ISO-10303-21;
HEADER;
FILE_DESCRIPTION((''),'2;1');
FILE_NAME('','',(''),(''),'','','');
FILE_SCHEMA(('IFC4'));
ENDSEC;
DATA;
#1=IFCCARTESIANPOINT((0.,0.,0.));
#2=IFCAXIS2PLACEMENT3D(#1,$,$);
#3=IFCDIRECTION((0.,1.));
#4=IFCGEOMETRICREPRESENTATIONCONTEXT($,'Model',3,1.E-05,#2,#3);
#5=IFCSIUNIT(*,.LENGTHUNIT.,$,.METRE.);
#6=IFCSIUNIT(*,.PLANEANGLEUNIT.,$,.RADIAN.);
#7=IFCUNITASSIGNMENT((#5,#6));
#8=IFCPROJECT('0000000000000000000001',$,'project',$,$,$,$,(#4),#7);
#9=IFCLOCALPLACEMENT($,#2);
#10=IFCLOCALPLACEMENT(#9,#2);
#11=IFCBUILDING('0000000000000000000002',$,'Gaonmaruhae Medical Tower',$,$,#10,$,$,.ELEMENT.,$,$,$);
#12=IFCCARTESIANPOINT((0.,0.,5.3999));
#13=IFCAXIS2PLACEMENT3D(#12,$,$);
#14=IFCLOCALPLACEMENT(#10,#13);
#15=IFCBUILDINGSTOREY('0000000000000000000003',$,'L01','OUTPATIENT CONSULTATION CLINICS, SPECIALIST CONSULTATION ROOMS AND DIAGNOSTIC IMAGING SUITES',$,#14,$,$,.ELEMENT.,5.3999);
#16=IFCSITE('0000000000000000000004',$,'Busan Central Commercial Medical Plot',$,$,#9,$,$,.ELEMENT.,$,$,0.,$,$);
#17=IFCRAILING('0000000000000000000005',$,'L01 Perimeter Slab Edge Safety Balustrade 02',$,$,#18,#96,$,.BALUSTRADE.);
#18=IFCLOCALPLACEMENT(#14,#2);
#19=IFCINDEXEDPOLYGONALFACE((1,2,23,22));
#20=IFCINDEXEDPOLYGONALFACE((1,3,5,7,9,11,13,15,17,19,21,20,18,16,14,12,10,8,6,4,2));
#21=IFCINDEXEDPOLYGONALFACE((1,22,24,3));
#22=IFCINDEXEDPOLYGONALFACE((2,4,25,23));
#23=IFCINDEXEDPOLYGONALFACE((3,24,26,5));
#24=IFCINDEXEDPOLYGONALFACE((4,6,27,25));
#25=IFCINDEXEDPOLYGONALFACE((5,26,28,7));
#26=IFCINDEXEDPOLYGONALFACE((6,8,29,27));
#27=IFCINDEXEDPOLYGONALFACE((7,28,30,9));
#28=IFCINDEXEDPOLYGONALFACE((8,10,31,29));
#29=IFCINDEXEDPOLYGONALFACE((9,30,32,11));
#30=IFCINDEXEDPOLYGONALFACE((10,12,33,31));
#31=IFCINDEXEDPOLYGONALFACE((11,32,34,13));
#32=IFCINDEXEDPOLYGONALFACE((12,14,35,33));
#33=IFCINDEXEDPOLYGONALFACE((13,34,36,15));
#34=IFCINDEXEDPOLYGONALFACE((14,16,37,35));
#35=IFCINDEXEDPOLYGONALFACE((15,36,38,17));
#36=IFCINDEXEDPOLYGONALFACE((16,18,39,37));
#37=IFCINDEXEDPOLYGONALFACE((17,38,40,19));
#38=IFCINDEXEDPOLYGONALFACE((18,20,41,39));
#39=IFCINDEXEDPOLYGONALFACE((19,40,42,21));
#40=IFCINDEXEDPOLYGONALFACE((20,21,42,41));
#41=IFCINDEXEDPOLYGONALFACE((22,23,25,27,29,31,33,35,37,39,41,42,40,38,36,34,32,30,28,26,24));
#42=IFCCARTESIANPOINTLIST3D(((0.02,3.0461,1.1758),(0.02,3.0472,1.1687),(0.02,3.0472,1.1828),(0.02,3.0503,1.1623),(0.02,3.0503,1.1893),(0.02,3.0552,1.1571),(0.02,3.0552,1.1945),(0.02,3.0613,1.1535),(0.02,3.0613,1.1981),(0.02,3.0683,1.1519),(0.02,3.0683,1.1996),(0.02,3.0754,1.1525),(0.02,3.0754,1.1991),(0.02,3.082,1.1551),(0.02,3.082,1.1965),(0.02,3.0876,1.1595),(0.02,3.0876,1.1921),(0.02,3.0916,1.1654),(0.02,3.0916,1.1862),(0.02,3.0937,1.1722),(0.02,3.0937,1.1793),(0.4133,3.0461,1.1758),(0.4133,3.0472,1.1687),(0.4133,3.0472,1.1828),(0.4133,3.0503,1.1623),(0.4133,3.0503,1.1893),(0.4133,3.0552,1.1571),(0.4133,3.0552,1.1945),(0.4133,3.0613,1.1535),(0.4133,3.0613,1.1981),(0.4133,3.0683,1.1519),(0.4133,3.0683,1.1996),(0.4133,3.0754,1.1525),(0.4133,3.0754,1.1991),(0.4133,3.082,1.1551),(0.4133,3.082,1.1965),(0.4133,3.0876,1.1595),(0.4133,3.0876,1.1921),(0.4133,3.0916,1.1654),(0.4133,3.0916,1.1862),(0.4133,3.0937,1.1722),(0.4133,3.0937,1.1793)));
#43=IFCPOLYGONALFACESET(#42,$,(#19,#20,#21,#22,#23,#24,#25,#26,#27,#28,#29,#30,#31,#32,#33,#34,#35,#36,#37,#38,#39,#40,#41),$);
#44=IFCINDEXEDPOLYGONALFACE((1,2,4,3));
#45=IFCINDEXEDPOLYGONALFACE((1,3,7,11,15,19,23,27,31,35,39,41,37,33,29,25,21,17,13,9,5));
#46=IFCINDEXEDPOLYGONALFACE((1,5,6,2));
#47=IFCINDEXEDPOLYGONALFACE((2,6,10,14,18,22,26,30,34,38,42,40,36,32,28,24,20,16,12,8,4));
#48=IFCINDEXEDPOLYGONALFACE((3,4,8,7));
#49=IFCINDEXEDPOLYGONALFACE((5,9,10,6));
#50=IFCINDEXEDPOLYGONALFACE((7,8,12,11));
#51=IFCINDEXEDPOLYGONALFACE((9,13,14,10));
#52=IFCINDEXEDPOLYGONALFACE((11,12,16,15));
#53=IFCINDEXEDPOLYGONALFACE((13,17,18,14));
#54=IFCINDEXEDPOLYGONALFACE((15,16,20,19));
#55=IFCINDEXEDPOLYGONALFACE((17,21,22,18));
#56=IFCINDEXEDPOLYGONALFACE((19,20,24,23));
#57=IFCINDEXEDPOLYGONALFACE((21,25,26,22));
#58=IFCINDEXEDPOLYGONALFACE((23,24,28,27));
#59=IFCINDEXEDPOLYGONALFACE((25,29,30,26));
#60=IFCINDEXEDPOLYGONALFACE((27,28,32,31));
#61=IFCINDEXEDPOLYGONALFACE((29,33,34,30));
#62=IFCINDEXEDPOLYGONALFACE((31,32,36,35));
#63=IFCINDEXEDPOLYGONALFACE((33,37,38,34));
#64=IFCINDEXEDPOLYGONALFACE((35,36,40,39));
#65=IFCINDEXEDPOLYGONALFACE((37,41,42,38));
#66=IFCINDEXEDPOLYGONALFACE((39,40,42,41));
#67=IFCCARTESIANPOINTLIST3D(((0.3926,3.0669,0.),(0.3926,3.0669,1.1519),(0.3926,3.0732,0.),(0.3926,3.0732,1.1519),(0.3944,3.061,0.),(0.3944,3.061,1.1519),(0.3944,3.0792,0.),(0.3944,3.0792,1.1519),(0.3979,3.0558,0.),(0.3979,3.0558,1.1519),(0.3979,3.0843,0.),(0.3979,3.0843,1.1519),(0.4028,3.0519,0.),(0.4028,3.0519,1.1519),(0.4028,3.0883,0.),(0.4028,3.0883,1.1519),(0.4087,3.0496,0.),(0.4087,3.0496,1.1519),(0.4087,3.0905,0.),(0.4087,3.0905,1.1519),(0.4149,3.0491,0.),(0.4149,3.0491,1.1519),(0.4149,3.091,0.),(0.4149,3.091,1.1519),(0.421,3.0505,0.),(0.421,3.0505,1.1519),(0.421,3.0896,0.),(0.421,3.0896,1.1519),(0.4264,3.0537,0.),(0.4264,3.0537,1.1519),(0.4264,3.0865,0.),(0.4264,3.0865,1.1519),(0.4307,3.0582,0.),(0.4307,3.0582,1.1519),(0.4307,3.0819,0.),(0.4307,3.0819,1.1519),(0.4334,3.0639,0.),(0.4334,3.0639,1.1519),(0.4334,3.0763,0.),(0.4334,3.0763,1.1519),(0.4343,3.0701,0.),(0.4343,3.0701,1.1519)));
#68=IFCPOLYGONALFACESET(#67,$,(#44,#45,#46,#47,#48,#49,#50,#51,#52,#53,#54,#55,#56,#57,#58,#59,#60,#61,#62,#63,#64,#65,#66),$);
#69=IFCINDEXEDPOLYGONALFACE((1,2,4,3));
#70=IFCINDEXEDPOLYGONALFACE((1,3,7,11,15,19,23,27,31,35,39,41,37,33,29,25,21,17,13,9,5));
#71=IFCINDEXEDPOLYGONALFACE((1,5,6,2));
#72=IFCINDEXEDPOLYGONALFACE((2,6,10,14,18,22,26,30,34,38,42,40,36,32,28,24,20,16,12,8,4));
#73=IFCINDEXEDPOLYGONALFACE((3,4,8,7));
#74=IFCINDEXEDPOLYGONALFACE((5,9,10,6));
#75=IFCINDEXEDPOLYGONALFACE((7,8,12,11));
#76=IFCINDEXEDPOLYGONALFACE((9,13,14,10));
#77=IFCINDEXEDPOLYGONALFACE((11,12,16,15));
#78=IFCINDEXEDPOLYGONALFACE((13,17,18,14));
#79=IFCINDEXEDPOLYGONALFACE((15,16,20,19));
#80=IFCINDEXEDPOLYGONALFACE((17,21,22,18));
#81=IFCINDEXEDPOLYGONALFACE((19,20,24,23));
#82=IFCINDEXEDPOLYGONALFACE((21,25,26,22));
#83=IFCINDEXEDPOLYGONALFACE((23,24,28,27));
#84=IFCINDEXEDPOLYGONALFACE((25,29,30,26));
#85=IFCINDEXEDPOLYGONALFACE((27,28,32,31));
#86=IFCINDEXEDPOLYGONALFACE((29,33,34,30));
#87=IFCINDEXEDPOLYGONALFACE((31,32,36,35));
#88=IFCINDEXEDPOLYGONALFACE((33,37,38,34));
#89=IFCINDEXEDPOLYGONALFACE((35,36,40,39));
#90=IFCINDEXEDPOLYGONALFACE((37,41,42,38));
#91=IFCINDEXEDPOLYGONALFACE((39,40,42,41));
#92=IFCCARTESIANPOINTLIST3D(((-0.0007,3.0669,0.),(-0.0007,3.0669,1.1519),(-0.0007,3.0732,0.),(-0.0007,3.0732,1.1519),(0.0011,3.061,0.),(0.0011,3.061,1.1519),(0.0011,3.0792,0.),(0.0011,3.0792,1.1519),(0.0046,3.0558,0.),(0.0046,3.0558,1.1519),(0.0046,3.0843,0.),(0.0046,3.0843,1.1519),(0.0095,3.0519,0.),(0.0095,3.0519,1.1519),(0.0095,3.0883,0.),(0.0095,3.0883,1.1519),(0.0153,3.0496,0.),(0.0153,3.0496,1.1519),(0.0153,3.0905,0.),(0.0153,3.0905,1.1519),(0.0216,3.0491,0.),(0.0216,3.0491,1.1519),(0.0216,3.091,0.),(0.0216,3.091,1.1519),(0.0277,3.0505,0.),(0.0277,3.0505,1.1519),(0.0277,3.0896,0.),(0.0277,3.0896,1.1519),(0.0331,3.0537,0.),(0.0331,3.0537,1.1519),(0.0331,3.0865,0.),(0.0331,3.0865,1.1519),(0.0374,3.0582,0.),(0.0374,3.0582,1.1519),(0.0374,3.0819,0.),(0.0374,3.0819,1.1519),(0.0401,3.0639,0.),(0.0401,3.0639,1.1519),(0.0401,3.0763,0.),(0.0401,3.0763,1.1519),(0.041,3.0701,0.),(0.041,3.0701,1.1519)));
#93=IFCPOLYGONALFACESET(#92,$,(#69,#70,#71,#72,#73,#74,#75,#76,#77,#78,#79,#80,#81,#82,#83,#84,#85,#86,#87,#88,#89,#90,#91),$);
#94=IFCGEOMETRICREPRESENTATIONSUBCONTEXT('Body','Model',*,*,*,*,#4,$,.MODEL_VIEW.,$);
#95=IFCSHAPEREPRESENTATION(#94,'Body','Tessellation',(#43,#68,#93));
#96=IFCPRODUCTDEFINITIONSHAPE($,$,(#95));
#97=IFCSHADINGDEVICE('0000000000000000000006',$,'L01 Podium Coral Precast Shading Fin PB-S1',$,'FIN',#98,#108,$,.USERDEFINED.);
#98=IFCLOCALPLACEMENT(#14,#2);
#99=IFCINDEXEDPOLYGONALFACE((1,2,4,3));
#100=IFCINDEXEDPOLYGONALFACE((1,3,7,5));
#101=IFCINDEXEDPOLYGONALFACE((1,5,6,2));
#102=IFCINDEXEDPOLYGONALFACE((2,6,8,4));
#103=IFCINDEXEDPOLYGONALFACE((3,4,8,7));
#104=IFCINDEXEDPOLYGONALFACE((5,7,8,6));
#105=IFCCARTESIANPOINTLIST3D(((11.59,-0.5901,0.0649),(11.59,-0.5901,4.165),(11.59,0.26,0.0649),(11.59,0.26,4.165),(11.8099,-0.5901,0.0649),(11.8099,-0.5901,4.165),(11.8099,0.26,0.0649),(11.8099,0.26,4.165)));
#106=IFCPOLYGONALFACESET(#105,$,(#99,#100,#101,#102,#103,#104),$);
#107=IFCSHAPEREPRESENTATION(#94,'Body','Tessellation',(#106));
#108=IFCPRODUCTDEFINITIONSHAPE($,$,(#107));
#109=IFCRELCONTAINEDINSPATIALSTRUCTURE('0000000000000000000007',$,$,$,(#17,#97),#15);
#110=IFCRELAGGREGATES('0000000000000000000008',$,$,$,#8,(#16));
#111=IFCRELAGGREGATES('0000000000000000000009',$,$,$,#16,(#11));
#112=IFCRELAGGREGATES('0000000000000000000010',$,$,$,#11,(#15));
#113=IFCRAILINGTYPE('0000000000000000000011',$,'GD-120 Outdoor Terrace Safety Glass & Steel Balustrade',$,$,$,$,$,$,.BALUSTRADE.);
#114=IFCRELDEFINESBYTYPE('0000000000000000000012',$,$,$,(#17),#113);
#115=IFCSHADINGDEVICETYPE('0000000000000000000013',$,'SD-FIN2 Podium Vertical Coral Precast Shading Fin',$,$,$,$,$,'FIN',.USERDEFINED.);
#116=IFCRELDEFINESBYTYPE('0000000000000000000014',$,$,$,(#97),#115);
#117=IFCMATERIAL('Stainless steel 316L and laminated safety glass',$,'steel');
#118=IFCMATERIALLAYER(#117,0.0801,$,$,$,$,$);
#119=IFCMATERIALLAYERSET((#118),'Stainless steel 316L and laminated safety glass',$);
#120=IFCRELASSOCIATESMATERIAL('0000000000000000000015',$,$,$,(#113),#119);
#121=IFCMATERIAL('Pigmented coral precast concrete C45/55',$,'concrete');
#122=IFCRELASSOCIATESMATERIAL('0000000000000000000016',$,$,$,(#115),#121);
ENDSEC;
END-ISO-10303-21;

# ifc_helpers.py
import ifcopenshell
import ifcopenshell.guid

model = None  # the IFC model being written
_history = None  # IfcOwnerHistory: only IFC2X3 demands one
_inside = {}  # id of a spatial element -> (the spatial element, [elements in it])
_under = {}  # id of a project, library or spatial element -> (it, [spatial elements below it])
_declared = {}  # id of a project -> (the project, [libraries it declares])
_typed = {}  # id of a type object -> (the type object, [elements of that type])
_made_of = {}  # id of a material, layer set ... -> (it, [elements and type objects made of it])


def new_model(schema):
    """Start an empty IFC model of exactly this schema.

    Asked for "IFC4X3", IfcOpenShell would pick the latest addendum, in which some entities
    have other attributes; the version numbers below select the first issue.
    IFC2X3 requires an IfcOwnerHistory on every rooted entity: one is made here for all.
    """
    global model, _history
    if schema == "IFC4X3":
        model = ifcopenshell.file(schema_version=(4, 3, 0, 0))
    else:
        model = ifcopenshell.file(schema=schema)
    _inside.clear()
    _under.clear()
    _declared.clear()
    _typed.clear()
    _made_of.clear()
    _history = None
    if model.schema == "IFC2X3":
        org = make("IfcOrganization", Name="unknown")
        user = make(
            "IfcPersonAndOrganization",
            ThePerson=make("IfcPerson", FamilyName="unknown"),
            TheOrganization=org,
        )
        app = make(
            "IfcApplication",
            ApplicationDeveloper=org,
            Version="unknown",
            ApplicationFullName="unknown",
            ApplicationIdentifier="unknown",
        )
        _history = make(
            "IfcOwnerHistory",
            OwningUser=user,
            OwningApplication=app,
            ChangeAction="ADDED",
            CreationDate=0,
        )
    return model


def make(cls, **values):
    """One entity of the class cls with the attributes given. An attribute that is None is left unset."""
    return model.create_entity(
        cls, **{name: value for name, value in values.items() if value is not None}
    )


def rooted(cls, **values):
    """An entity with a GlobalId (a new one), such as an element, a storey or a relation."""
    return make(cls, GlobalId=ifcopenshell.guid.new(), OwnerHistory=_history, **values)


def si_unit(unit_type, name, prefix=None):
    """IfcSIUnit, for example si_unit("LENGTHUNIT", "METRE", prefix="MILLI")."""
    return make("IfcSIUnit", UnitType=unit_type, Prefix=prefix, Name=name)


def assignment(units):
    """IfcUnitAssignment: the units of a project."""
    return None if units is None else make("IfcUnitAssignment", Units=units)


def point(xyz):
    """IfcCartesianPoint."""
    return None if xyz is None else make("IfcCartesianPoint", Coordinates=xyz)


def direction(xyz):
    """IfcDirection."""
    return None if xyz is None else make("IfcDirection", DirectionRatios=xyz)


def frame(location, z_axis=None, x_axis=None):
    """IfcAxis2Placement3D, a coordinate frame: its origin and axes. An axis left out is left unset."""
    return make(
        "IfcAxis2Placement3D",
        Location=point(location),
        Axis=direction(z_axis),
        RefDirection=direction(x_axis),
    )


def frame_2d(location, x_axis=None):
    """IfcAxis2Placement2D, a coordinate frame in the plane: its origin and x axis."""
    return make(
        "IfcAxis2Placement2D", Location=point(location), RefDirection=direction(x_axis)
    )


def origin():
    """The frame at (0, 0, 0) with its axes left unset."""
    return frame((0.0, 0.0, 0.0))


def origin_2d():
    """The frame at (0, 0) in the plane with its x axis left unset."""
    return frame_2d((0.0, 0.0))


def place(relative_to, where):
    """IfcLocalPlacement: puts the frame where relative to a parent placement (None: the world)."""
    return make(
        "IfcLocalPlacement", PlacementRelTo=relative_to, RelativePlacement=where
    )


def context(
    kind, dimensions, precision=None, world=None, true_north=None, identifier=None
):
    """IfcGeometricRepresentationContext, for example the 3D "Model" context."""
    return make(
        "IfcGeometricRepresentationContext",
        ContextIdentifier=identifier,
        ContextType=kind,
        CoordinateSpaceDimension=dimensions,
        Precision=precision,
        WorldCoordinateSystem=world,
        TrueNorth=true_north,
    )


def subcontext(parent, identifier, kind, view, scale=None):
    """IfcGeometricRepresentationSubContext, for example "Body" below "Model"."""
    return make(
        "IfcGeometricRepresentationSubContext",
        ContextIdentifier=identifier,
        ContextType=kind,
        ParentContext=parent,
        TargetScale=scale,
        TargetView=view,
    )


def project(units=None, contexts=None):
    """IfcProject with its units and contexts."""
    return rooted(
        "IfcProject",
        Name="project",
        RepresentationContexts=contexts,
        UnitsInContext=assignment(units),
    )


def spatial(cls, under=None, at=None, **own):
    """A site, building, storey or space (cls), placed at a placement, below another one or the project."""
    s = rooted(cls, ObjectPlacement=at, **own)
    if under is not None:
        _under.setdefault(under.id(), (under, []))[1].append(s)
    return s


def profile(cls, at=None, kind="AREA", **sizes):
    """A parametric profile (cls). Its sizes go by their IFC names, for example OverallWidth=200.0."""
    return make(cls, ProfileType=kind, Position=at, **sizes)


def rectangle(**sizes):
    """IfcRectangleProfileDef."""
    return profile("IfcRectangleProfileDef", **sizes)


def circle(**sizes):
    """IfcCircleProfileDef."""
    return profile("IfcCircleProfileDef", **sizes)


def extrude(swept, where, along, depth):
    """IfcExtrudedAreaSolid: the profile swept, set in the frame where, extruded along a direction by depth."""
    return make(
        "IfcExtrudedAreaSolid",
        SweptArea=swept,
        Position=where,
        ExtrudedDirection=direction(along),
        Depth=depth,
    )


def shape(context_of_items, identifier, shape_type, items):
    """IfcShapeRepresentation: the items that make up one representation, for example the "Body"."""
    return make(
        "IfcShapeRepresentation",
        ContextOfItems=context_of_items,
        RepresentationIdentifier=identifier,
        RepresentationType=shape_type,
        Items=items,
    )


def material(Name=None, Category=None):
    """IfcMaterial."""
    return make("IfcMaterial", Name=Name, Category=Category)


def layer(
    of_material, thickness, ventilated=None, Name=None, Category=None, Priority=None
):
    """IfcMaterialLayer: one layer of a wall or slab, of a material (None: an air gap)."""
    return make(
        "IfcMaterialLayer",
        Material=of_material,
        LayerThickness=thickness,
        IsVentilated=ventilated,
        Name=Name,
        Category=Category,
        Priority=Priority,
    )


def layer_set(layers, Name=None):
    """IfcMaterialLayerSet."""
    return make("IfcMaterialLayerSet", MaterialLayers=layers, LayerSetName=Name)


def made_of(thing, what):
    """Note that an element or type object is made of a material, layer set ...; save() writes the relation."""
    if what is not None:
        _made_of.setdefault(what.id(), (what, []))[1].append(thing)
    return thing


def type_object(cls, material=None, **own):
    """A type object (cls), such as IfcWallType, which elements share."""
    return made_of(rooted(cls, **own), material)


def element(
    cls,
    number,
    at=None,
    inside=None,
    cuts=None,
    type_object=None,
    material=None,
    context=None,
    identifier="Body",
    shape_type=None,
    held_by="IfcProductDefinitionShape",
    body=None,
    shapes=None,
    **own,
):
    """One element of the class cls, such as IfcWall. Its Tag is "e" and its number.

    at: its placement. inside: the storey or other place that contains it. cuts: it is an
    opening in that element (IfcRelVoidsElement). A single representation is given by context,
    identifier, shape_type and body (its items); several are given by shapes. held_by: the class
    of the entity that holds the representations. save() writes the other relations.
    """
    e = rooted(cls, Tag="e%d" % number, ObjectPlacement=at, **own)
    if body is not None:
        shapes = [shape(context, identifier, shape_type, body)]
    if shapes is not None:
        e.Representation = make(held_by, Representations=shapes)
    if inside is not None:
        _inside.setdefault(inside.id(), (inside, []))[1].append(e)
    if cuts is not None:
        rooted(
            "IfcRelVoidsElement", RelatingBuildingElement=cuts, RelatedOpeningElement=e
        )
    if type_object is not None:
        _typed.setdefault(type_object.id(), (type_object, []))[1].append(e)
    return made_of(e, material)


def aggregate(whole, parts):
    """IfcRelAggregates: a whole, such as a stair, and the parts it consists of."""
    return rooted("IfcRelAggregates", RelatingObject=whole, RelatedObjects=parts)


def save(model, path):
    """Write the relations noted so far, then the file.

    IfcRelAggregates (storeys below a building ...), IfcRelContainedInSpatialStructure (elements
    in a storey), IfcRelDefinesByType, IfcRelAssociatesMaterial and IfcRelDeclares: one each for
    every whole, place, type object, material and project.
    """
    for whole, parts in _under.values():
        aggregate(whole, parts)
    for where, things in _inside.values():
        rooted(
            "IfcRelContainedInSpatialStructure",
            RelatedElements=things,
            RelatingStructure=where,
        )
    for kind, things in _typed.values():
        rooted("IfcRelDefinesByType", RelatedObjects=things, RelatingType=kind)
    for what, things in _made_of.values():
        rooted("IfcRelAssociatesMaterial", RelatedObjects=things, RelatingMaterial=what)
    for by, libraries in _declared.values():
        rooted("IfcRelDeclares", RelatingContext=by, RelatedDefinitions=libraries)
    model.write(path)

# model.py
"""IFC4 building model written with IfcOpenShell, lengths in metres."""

from ifc_helpers import new_model, si_unit, direction, frame, origin, origin_2d, place, context, subcontext, project, spatial, rectangle, circle, extrude, material, layer, layer_set, type_object, element, save


model = new_model("IFC4")

# Units and contexts
model_context = context("Model", 3, precision=1e-05, world=origin(), true_north=direction((0.0, 1.0)))
body_context = subcontext(model_context, "Body", "Model", "MODEL_VIEW")
ifc_project = project(units=[si_unit("LENGTHUNIT", "METRE"), si_unit("PLANEANGLEUNIT", "RADIAN")], contexts=[model_context])

# Site, building, storey
site_placement = place(None, origin())
site = spatial("IfcSite", under=ifc_project, at=site_placement, Name="Busan Central Commercial Medical Plot", CompositionType="ELEMENT", RefElevation=0.0)
building_placement = place(site_placement, origin())
building = spatial("IfcBuilding", under=site, at=building_placement, Name="Gaonmaruhae Medical Tower", CompositionType="ELEMENT")
storey_placement = place(building_placement, frame((0.0, 0.0, 5.3999)))
storey = spatial("IfcBuildingStorey", under=building, at=storey_placement, Name="L01", Description="OUTPATIENT CONSULTATION CLINICS, SPECIALIST CONSULTATION ROOMS AND DIAGNOSTIC IMAGING SUITES", CompositionType="ELEMENT", Elevation=5.3999)

# Railing
ifc_material_1 = material(Name="Stainless steel 316L and laminated safety glass", Category="steel")
ifc_layer_1 = layer(ifc_material_1, 0.0801)
ifc_layer_set_1 = layer_set([ifc_layer_1], Name="Stainless steel 316L and laminated safety glass")
railing_type = type_object("IfcRailingType", Name="GD-120 Outdoor Terrace Safety Glass & Steel Balustrade", PredefinedType="BALUSTRADE", material=ifc_layer_set_1)
railing_1_placement = place(storey_placement, frame((0.4133, 3.0701, 0.0)))
element("IfcRailing", 1, at=railing_1_placement, inside=storey, type_object=railing_type, Name="L01 Perimeter Slab Edge Safety Balustrade 02", PredefinedType="BALUSTRADE", context=body_context, shape_type="SweptSolid", body=[
    extrude(circle(Radius=0.0239, at=origin_2d()), frame((0.0, 0.0, 1.1758), z_axis=(-1.0, 0.0, 0.0), x_axis=(0.0, -1.0, 0.0)), (0.0, 0.0, 1.0), 0.3933),
    extrude(circle(Radius=0.021, at=origin_2d()), origin(), (0.0, 0.0, 1.0), 1.1519),
    extrude(circle(Radius=0.021, at=origin_2d()), frame((-0.3933, 0.0, 0.0)), (0.0, 0.0, 1.0), 1.1519),
])

# Shading device
ifc_material_2 = material(Name="Pigmented coral precast concrete C45/55", Category="concrete")
shading_device_type = type_object("IfcShadingDeviceType", Name="SD-FIN2 Podium Vertical Coral Precast Shading Fin", ElementType="FIN", PredefinedType="USERDEFINED", material=ifc_material_2)
shading_device_placement = place(storey_placement, frame((11.7, -0.165, 0.0649), z_axis=(0.0, 0.0, 1.0), x_axis=(-1.0, 0.0, 0.0)))
element("IfcShadingDevice", 2, at=shading_device_placement, inside=storey, type_object=shading_device_type, Name="L01 Podium Coral Precast Shading Fin PB-S1", ObjectType="FIN", PredefinedType="USERDEFINED", context=body_context, shape_type="SweptSolid", body=[
    extrude(rectangle(XDim=0.22, YDim=0.8501, at=origin_2d()), origin(), (0.0, 0.0, 1.0), 4.1001),
])

save(model, "model.ifc")
